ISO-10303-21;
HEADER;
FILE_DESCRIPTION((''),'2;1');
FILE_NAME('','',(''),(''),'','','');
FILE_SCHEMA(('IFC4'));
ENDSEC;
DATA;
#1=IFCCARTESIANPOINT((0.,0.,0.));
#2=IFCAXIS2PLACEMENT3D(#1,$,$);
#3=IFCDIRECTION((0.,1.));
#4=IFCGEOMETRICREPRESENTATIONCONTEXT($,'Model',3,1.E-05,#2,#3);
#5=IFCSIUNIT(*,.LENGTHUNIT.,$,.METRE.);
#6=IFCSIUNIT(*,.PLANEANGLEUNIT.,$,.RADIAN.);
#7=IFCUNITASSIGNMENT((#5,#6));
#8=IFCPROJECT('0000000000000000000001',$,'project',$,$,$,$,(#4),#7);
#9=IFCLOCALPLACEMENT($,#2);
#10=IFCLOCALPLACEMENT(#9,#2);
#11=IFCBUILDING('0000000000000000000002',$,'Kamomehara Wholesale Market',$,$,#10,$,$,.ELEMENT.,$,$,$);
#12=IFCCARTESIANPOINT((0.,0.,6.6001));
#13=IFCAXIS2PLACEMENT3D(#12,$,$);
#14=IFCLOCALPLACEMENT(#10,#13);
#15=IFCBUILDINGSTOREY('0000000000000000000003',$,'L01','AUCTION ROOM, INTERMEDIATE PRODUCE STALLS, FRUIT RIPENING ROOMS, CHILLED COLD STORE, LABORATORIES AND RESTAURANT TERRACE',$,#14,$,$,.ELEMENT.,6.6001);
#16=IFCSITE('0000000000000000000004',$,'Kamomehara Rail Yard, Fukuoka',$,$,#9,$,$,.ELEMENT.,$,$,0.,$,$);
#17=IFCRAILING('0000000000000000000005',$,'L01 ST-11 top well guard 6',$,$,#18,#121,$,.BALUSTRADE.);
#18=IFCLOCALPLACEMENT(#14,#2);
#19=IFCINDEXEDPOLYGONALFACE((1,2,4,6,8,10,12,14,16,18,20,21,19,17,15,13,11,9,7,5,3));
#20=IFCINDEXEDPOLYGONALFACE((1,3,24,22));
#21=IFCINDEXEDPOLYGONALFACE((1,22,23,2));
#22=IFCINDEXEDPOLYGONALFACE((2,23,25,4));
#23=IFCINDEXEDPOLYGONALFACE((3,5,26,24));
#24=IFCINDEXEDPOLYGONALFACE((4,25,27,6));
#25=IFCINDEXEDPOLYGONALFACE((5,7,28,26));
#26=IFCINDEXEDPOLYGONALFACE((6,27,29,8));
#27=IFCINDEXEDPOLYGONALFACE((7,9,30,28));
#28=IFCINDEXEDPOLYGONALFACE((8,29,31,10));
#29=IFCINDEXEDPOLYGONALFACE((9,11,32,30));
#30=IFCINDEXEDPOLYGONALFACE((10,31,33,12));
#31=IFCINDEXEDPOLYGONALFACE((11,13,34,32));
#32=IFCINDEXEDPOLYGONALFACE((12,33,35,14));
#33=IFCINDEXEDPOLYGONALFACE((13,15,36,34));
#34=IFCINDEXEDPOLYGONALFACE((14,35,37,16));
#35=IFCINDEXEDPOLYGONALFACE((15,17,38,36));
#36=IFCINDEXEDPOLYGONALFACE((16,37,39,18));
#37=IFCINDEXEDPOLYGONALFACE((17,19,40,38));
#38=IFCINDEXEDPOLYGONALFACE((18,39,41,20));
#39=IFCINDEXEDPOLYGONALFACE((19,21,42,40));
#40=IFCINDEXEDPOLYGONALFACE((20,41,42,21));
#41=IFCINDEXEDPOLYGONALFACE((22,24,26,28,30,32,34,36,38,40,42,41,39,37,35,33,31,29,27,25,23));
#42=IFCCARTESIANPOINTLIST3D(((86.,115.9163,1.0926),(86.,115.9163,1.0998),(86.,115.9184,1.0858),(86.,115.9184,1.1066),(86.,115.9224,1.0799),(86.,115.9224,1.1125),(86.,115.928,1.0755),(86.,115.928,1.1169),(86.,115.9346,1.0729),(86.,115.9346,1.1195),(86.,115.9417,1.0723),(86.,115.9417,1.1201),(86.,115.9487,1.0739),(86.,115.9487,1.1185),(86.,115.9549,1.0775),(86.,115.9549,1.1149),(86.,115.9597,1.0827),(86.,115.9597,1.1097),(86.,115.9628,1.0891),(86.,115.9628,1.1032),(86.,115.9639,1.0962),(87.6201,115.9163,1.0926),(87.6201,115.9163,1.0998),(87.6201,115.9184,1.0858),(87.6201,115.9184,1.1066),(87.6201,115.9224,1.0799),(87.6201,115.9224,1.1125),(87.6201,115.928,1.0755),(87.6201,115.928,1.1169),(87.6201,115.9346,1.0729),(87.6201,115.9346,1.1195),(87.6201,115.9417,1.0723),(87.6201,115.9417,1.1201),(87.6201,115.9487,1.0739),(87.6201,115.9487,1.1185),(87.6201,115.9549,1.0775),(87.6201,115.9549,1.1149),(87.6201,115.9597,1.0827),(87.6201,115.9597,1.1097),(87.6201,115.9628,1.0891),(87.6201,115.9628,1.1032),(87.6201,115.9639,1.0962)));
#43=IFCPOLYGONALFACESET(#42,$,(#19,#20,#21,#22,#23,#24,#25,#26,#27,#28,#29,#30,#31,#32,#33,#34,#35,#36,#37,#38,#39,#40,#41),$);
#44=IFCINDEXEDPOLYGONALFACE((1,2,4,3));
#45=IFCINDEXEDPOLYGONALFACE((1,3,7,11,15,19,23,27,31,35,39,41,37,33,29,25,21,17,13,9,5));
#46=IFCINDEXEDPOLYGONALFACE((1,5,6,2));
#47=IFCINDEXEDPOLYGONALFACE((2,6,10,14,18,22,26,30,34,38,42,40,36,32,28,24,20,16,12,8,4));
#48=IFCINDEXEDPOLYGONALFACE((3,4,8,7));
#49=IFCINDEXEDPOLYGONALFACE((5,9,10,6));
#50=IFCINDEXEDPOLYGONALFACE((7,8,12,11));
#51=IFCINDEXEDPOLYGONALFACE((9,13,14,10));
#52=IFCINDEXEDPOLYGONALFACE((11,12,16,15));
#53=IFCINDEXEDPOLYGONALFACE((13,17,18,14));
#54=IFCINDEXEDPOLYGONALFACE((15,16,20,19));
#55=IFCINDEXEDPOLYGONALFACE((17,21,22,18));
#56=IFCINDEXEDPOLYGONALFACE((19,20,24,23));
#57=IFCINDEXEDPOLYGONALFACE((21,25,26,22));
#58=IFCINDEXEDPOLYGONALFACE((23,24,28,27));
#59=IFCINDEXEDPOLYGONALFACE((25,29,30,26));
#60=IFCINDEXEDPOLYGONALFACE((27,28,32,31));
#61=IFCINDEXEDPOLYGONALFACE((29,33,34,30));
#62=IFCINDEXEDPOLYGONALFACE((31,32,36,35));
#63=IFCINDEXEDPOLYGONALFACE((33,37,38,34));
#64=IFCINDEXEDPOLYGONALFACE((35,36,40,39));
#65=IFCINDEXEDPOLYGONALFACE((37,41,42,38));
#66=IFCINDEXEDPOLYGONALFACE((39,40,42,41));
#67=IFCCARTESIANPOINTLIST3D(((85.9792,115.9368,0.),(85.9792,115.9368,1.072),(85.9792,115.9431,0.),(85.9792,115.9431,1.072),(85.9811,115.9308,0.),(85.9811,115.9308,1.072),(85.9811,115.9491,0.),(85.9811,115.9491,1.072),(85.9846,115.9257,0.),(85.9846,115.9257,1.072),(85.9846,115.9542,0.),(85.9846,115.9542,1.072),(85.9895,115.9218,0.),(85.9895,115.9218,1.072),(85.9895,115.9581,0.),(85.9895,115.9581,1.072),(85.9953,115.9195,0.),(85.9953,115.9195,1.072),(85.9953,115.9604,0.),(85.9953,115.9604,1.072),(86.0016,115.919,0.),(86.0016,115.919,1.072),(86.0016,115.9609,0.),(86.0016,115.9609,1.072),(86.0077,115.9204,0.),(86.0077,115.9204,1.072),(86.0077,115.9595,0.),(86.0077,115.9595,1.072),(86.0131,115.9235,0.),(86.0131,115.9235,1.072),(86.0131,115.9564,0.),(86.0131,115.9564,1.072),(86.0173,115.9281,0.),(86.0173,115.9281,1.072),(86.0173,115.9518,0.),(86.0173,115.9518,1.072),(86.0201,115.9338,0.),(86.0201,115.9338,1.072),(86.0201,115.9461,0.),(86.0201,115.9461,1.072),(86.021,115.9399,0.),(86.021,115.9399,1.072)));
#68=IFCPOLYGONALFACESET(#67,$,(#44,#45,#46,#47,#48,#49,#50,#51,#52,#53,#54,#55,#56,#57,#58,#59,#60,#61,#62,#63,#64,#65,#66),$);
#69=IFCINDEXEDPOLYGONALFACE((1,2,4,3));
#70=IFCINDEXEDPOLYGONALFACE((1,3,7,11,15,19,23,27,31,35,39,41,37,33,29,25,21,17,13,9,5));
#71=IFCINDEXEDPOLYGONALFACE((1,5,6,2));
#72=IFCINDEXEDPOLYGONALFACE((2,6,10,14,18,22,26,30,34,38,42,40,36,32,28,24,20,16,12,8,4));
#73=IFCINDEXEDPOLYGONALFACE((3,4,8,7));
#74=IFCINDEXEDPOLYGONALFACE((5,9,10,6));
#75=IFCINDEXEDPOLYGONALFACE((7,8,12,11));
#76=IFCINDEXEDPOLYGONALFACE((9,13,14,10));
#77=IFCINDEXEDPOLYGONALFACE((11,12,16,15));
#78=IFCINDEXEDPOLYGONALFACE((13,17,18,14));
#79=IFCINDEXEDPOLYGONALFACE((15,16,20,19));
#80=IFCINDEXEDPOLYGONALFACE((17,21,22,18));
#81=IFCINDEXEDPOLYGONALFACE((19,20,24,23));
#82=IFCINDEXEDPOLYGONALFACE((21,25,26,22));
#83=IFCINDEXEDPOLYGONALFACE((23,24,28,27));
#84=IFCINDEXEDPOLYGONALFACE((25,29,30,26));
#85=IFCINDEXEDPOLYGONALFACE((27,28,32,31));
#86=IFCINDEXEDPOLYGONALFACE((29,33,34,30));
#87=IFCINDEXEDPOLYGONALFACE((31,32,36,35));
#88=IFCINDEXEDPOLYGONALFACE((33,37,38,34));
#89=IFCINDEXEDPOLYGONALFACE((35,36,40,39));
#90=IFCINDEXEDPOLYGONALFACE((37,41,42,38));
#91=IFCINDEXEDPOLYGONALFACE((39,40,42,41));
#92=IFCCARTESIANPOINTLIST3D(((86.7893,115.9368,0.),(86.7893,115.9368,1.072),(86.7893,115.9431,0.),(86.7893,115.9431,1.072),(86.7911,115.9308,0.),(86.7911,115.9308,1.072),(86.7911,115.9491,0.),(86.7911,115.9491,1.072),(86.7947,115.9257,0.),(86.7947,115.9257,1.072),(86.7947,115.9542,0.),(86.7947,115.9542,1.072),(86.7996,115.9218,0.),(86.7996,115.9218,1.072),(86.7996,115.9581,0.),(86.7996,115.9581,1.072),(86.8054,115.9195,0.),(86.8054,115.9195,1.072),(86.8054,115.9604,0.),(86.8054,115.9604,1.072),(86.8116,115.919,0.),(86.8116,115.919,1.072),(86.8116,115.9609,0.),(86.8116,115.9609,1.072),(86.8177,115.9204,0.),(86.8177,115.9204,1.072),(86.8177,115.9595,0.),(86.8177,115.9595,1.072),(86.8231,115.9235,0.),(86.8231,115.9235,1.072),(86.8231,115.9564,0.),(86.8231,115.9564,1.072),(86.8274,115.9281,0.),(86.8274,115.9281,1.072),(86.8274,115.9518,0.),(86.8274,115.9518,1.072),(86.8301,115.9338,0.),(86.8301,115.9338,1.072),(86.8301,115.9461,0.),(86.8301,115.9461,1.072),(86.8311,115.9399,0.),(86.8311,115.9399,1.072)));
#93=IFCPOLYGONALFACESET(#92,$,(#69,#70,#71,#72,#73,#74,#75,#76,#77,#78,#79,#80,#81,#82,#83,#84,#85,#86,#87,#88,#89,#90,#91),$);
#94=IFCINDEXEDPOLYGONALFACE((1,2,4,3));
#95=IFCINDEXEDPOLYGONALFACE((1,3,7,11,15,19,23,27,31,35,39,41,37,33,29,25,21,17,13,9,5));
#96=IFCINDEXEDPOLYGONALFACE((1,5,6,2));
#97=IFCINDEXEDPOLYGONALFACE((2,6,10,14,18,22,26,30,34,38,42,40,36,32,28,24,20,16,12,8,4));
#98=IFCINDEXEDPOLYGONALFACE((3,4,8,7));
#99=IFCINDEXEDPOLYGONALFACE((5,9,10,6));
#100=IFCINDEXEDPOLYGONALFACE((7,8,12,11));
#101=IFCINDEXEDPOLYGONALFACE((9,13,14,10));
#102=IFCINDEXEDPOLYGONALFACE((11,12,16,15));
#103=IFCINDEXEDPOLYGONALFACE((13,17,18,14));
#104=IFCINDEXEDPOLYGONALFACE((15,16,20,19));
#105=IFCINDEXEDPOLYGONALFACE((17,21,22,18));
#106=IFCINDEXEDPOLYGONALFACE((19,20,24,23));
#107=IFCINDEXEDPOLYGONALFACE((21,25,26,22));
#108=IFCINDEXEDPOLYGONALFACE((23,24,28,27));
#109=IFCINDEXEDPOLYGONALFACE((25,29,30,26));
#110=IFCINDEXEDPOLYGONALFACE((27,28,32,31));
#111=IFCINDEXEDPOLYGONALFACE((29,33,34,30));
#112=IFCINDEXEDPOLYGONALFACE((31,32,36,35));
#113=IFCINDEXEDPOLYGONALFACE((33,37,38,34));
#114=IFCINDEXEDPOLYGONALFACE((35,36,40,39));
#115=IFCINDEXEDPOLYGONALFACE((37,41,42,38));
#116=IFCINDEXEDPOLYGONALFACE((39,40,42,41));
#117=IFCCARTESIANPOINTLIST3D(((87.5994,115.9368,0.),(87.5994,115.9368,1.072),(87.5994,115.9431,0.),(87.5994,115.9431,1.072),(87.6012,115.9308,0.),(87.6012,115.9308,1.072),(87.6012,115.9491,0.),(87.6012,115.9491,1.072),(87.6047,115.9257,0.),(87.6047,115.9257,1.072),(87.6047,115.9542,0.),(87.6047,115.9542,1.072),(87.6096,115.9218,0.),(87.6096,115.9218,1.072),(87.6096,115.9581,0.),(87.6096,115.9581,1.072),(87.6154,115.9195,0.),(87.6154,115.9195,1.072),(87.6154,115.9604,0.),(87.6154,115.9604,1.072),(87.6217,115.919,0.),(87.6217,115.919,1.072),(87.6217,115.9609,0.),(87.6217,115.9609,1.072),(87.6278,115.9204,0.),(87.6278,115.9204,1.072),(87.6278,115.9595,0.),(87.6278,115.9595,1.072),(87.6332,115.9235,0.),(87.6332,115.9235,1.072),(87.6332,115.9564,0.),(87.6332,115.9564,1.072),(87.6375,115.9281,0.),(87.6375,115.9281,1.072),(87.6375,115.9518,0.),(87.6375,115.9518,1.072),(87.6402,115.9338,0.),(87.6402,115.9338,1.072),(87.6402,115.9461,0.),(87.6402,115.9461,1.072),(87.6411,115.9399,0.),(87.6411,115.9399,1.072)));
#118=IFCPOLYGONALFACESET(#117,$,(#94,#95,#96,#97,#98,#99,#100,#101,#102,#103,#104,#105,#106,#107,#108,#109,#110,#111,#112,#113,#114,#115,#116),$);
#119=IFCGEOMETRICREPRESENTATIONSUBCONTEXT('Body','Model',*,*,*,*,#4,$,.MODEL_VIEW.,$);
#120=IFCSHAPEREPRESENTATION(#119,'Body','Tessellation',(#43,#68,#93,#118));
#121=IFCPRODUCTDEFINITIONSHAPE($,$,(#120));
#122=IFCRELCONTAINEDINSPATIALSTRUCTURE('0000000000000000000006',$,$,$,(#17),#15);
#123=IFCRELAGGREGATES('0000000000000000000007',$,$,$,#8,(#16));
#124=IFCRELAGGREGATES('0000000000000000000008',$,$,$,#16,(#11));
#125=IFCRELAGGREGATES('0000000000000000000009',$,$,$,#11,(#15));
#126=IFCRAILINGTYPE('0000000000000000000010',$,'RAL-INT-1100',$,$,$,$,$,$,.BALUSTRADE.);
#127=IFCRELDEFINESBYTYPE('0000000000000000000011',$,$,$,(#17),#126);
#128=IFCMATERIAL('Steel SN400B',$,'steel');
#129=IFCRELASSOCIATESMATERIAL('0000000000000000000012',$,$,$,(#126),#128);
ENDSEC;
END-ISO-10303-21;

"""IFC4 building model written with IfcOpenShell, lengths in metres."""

from ifc_helpers import new_model, si_unit, direction, frame, origin, origin_2d, place, context, subcontext, project, spatial, circle, extrude, material, type_object, element, save


model = new_model("IFC4")

# Units and contexts
model_context = context("Model", 3, precision=1e-05, world=origin(), true_north=direction((0.0, 1.0)))
body_context = subcontext(model_context, "Body", "Model", "MODEL_VIEW")
ifc_project = project(units=[si_unit("LENGTHUNIT", "METRE"), si_unit("PLANEANGLEUNIT", "RADIAN")], contexts=[model_context])

# Site, building, storey
site_placement = place(None, origin())
site = spatial("IfcSite", under=ifc_project, at=site_placement, Name="Kamomehara Rail Yard, Fukuoka", CompositionType="ELEMENT", RefElevation=0.0)
building_placement = place(site_placement, origin())
building = spatial("IfcBuilding", under=site, at=building_placement, Name="Kamomehara Wholesale Market", CompositionType="ELEMENT")
storey_placement = place(building_placement, frame((0.0, 0.0, 6.6001)))
storey = spatial("IfcBuildingStorey", under=building, at=storey_placement, Name="L01", Description="AUCTION ROOM, INTERMEDIATE PRODUCE STALLS, FRUIT RIPENING ROOMS, CHILLED COLD STORE, LABORATORIES AND RESTAURANT TERRACE", CompositionType="ELEMENT", Elevation=6.6001)

# Railing
ifc_material_1 = material(Name="Steel SN400B", Category="steel")
railing_type = type_object("IfcRailingType", Name="RAL-INT-1100", PredefinedType="BALUSTRADE", material=ifc_material_1)
railing_1_placement = place(storey_placement, frame((86.0, 115.9399, 0.0)))
element("IfcRailing", 1, at=railing_1_placement, inside=storey, type_object=railing_type, Name="L01 ST-11 top well guard 6", PredefinedType="BALUSTRADE", context=body_context, shape_type="SweptSolid", body=[
    extrude(circle(Radius=0.0239, at=origin_2d()), frame((0.0, 0.0, 1.0962), z_axis=(1.0, 0.0, 0.0), x_axis=(0.0, 1.0, 0.0)), (0.0, 0.0, 1.0), 1.6201),
    extrude(circle(Radius=0.021, at=origin_2d()), origin(), (0.0, 0.0, 1.0), 1.072),
    extrude(circle(Radius=0.021, at=origin_2d()), frame((0.8101, 0.0, 0.0)), (0.0, 0.0, 1.0), 1.072),
    extrude(circle(Radius=0.021, at=origin_2d()), frame((1.6201, 0.0, 0.0)), (0.0, 0.0, 1.0), 1.072),
])

save(model, "model.ifc")
